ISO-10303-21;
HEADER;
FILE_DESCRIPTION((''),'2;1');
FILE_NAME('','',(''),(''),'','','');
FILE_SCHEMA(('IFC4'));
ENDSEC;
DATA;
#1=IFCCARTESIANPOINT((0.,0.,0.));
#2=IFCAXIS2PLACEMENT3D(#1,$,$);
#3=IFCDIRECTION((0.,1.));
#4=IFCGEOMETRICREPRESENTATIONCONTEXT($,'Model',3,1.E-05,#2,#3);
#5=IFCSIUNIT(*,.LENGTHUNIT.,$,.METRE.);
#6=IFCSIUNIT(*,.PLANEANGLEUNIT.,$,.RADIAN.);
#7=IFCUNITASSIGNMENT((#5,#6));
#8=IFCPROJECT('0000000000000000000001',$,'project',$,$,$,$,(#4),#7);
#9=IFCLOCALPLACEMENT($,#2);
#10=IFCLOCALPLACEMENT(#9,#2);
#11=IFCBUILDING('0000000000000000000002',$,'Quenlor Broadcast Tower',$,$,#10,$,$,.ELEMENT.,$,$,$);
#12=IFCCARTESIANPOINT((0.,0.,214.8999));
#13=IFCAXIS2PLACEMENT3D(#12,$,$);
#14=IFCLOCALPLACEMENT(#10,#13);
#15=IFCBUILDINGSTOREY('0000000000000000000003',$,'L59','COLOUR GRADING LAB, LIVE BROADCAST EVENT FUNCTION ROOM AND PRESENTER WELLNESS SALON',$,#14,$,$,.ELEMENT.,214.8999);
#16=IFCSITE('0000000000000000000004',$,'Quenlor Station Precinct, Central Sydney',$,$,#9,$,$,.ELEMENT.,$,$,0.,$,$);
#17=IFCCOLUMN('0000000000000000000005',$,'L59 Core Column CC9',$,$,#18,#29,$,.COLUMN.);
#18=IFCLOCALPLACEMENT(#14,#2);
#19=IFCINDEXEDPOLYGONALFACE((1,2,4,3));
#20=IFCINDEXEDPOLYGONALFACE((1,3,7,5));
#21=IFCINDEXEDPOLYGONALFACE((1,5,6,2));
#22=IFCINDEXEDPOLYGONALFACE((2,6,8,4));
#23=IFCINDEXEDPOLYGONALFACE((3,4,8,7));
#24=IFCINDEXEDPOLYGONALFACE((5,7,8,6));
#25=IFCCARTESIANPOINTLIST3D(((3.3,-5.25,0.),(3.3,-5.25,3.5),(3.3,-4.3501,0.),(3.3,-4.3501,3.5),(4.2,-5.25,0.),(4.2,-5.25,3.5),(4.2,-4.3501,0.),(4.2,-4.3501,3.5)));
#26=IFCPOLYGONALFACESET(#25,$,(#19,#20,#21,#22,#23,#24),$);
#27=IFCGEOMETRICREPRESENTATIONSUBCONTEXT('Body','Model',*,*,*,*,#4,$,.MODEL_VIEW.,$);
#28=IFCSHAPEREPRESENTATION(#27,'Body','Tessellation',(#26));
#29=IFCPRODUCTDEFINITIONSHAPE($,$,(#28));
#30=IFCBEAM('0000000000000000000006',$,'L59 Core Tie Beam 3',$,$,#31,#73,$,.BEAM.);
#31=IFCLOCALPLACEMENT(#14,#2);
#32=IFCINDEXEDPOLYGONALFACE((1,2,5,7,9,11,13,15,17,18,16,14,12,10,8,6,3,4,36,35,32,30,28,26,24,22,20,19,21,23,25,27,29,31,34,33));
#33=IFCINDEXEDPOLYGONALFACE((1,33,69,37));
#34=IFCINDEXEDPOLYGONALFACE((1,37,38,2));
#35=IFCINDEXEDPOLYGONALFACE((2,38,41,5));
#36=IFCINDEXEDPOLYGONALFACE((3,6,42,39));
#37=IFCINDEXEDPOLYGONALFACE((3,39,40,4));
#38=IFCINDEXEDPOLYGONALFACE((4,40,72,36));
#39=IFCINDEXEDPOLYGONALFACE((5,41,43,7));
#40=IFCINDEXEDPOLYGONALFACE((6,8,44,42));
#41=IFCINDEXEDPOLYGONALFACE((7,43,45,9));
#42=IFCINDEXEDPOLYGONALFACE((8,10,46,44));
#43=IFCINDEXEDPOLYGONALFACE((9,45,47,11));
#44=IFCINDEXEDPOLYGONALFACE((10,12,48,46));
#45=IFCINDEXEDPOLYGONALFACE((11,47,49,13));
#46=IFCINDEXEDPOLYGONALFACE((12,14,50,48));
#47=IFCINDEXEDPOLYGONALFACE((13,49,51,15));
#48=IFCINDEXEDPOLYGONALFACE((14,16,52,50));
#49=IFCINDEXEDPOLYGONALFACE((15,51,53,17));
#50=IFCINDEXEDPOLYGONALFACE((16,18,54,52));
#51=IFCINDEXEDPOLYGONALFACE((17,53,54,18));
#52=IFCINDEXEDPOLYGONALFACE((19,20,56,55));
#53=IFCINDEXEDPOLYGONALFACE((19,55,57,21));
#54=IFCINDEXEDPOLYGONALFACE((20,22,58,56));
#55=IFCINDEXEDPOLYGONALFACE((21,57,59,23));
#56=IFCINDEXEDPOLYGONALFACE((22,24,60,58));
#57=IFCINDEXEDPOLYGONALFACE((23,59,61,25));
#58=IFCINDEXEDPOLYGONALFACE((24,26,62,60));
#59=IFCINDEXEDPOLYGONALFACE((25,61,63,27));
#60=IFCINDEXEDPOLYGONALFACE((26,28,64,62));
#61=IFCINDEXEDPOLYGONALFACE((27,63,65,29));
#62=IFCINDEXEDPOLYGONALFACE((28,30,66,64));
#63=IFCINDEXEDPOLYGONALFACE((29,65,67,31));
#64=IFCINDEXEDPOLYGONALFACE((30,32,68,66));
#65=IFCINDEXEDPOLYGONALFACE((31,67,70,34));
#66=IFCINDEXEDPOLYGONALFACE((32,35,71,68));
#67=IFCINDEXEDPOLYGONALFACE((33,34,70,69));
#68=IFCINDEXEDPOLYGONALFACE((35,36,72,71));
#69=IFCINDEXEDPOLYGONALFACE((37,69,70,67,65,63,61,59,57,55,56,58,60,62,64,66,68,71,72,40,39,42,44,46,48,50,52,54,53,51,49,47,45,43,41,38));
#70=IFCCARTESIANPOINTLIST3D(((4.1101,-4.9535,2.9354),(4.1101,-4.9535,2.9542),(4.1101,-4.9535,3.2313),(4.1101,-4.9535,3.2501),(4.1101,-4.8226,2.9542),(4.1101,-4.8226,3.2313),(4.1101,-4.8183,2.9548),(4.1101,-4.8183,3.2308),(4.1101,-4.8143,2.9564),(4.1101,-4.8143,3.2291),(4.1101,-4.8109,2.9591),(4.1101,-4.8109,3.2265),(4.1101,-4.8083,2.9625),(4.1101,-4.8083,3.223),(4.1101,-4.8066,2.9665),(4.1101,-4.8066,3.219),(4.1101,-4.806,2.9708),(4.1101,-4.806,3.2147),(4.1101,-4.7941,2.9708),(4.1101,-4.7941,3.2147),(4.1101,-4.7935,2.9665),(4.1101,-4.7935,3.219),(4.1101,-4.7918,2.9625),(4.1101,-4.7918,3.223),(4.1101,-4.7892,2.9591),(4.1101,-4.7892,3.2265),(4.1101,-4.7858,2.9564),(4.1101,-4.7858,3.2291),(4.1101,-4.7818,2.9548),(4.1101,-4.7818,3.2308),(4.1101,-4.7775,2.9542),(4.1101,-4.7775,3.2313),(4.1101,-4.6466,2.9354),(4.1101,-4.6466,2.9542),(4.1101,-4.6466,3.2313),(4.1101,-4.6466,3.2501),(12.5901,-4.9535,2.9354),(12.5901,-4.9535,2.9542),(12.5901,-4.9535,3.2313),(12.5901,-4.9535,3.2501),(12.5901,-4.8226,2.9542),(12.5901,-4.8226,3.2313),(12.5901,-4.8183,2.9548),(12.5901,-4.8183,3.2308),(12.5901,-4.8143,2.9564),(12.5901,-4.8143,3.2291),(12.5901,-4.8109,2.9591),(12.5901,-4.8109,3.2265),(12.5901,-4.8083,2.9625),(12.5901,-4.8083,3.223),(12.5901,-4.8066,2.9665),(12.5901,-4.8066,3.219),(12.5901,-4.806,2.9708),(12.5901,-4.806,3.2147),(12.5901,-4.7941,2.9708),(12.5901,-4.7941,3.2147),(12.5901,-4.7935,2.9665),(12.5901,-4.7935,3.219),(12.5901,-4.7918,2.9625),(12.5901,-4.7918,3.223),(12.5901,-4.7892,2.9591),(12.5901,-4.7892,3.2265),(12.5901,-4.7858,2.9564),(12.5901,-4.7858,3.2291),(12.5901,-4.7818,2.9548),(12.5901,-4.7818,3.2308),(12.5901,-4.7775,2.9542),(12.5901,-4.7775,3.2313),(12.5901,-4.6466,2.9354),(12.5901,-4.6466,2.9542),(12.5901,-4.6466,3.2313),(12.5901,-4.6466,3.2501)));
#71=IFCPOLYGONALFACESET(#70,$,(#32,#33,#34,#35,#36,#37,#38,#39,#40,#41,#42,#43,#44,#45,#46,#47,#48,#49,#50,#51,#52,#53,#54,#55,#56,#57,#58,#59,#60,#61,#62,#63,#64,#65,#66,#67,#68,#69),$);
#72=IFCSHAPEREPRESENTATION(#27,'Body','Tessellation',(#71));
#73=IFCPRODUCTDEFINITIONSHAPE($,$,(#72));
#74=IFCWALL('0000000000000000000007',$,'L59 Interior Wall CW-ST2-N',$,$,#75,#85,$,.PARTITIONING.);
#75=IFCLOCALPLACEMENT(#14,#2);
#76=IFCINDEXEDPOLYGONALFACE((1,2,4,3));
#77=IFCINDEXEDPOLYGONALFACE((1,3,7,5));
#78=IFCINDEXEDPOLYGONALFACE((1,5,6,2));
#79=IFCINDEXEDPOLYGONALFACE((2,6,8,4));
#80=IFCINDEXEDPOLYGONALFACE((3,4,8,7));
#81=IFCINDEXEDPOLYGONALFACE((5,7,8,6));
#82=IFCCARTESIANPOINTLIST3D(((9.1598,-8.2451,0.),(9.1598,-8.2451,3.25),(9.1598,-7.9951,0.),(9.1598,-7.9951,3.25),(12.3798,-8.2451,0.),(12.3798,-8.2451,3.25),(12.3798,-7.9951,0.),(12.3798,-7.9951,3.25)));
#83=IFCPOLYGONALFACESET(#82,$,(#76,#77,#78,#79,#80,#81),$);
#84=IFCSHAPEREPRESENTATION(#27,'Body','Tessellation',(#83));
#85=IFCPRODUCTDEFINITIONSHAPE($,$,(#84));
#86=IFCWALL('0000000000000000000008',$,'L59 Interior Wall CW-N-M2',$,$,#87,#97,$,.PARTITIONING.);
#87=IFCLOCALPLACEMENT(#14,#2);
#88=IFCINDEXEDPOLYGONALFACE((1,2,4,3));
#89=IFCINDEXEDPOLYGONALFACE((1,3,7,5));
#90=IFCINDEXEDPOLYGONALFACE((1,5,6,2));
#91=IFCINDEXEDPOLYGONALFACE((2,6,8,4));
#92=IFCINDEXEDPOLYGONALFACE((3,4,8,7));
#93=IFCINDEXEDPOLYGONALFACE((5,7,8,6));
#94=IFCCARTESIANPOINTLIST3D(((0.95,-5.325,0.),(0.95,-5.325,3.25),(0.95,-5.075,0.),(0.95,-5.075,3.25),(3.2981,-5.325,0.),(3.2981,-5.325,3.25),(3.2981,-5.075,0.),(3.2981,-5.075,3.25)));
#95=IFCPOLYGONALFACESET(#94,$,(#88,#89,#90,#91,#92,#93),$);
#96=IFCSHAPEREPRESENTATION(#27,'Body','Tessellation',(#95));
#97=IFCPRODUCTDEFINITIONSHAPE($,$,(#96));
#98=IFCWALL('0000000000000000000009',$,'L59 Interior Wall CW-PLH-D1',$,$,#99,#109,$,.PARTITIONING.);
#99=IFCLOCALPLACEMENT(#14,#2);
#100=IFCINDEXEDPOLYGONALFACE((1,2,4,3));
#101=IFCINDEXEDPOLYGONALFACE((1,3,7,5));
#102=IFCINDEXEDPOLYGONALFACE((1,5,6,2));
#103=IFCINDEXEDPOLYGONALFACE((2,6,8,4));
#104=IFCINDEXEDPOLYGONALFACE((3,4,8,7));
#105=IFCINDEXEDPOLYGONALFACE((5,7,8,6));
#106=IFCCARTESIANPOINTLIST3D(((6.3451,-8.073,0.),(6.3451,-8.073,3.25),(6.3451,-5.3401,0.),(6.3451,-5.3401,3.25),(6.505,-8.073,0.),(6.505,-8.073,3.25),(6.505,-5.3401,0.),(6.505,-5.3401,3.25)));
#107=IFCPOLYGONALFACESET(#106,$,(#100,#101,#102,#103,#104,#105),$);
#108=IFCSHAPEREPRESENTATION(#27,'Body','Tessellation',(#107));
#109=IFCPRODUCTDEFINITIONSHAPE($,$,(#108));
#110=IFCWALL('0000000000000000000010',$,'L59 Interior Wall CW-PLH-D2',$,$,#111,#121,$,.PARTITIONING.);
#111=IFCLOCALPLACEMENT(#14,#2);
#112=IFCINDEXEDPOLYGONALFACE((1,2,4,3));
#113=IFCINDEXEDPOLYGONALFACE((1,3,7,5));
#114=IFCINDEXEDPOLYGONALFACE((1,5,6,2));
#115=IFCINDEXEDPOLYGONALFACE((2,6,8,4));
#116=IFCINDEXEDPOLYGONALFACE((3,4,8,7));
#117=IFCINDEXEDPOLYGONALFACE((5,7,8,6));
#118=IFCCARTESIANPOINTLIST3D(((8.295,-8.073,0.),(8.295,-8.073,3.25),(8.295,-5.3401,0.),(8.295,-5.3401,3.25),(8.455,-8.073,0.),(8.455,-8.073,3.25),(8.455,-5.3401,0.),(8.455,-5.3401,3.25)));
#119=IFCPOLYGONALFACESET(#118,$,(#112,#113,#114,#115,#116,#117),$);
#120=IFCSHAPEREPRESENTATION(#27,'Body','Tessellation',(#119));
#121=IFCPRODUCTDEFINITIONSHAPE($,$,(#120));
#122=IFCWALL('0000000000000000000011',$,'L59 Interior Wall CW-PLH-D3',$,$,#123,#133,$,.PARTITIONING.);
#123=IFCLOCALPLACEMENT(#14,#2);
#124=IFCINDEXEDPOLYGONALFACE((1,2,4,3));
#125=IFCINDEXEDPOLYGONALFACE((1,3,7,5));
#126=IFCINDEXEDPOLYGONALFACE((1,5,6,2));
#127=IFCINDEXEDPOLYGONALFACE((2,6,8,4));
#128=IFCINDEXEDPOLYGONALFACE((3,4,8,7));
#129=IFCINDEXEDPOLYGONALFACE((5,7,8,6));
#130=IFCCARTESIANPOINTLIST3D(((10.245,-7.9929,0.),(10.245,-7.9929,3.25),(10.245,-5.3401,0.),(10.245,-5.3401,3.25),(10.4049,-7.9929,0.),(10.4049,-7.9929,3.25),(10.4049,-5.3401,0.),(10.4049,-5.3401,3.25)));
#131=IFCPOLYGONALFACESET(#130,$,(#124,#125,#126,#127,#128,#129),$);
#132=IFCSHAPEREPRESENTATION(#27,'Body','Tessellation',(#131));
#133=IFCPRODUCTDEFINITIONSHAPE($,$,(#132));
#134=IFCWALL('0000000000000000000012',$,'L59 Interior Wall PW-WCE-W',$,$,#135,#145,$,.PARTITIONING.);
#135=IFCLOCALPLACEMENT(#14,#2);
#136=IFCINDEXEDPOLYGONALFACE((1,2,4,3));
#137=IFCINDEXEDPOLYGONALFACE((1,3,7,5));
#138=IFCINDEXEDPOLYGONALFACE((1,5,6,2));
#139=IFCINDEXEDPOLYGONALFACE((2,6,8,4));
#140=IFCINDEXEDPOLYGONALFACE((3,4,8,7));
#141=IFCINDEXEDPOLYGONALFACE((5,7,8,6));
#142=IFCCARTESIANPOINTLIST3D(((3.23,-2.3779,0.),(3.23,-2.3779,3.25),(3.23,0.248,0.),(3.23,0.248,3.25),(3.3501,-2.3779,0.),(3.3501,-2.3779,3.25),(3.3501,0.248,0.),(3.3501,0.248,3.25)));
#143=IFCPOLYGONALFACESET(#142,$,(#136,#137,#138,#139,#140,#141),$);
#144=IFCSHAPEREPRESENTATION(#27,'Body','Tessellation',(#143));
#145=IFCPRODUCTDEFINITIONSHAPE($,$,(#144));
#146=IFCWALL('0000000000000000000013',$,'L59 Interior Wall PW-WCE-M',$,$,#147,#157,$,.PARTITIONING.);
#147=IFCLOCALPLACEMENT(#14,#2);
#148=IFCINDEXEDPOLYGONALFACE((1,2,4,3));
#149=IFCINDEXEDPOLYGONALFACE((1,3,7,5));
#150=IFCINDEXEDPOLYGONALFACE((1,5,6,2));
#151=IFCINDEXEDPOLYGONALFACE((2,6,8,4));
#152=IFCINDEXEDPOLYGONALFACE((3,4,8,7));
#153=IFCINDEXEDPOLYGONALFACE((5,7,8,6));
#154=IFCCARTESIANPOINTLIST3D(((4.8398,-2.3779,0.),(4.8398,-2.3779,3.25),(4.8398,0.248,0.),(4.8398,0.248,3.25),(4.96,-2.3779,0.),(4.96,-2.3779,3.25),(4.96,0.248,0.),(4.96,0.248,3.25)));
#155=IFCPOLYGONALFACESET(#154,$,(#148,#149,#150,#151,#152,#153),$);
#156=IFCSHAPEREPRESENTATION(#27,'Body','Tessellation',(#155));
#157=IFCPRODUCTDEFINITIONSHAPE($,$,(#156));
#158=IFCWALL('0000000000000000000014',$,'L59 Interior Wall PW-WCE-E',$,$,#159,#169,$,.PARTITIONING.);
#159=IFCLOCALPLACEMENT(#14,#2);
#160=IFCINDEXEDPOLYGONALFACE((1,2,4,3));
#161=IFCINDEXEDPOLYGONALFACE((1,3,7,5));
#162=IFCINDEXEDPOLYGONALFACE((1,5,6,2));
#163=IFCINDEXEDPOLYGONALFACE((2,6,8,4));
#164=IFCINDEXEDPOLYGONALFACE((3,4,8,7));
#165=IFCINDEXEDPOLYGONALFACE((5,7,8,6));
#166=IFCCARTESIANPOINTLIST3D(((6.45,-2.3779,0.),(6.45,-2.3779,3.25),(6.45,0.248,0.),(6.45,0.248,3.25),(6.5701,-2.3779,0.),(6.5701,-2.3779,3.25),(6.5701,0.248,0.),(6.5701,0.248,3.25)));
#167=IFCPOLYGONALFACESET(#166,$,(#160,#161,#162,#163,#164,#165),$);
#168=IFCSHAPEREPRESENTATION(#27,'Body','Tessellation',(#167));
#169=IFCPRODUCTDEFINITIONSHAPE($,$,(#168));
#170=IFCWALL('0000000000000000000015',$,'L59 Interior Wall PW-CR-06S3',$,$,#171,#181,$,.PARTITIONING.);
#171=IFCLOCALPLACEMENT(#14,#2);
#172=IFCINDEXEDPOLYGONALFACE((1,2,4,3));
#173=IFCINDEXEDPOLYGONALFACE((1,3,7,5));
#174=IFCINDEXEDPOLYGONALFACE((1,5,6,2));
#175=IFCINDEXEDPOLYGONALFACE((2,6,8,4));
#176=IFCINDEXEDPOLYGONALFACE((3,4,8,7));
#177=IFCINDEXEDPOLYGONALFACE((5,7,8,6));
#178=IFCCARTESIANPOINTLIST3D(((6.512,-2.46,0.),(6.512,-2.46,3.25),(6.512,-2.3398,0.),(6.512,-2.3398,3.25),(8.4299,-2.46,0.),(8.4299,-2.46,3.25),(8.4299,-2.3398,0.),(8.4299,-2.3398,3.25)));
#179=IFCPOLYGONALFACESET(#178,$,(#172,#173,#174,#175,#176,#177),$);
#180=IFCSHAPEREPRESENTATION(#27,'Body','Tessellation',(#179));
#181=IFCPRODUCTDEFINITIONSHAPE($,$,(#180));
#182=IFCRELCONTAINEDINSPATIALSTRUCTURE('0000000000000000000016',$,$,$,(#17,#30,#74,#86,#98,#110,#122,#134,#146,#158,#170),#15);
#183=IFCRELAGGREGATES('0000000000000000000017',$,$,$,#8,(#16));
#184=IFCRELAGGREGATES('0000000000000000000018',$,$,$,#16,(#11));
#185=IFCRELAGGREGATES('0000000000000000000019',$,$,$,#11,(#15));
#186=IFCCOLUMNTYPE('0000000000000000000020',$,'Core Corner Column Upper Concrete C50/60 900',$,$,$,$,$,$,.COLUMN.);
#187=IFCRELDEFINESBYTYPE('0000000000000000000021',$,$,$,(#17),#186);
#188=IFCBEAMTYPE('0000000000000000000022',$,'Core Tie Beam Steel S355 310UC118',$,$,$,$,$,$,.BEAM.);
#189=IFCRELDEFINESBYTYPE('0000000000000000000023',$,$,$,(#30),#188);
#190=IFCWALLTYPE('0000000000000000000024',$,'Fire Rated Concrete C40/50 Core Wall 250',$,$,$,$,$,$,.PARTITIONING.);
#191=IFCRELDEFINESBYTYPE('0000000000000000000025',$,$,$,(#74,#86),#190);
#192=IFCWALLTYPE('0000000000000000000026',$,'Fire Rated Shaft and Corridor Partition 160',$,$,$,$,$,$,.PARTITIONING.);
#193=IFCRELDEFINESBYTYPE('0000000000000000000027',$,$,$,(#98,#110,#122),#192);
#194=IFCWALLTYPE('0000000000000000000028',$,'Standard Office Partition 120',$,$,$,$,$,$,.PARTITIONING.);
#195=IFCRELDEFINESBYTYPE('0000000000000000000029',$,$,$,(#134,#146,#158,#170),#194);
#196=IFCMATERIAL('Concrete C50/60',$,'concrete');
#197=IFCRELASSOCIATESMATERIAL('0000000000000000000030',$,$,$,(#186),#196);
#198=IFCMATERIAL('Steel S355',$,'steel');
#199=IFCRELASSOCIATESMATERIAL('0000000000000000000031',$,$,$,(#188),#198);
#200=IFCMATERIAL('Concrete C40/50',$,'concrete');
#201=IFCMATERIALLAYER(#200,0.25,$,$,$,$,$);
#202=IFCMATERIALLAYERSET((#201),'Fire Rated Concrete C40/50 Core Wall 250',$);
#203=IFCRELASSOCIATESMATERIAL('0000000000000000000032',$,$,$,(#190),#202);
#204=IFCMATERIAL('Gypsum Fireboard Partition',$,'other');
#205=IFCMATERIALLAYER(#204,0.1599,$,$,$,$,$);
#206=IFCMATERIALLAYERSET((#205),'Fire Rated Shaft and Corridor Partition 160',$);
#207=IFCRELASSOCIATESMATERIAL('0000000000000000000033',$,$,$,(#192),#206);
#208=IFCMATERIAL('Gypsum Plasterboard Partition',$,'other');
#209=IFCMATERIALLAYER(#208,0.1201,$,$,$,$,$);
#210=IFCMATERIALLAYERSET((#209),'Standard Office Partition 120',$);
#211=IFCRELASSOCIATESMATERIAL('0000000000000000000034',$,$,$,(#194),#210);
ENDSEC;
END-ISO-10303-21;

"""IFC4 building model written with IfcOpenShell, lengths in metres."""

from ifc_helpers import new_model, si_unit, direction, frame, frame_2d, origin, origin_2d, place, context, subcontext, project, spatial, rectangle, i_section, extrude, material, layer, layer_set, material_profile, profile_set, type_object, element, save


model = new_model("IFC4")

# Units and contexts
model_context = context("Model", 3, precision=1e-05, world=origin(), true_north=direction((0.0, 1.0)))
body_context = subcontext(model_context, "Body", "Model", "MODEL_VIEW")
ifc_project = project(units=[si_unit("LENGTHUNIT", "METRE"), si_unit("PLANEANGLEUNIT", "RADIAN")], contexts=[model_context])

# Site, building, storey
site_placement = place(None, origin())
site = spatial("IfcSite", under=ifc_project, at=site_placement, Name="Quenlor Station Precinct, Central Sydney", CompositionType="ELEMENT", RefElevation=0.0)
building_placement = place(site_placement, origin())
building = spatial("IfcBuilding", under=site, at=building_placement, Name="Quenlor Broadcast Tower", CompositionType="ELEMENT")
storey_placement = place(building_placement, frame((0.0, 0.0, 214.8999)))
storey = spatial("IfcBuildingStorey", under=building, at=storey_placement, Name="L59", Description="COLOUR GRADING LAB, LIVE BROADCAST EVENT FUNCTION ROOM AND PRESENTER WELLNESS SALON", CompositionType="ELEMENT", Elevation=214.8999)

# Column
ifc_material_1 = material(Name="Concrete C50/60", Category="concrete")
ifc_material_profile_1 = material_profile(ifc_material_1, rectangle(XDim=0.8999, YDim=0.8999, at=origin_2d()))
ifc_profile_set_1 = profile_set([ifc_material_profile_1], Name="Concrete C50/60 RC900x900")
column_type = type_object("IfcColumnType", Name="Core Corner Column Upper Concrete C50/60 900", PredefinedType="COLUMN", material=ifc_profile_set_1)
column_placement = place(storey_placement, frame((3.75, -4.8, 0.0), z_axis=(0.0, 0.0, 1.0), x_axis=(1.0, 0.0, 0.0)))
element("IfcColumn", 1, at=column_placement, inside=storey, type_object=column_type, Name="L59 Core Column CC9", PredefinedType="COLUMN", context=body_context, shape_type="SweptSolid", body=[
    extrude(rectangle(XDim=0.8999, YDim=0.8999, at=origin_2d()), origin(), (0.0, 0.0, 1.0), 3.5),
])

# Beam
ifc_material_2 = material(Name="Steel S355", Category="steel")
ifc_material_profile_2 = material_profile(ifc_material_2, i_section(OverallWidth=0.3069, OverallDepth=0.3147, WebThickness=0.012, FlangeThickness=0.0188, FilletRadius=0.0166, at=origin_2d()))
ifc_profile_set_2 = profile_set([ifc_material_profile_2], Name="Steel S355 310UC118")
beam_type = type_object("IfcBeamType", Name="Core Tie Beam Steel S355 310UC118", PredefinedType="BEAM", material=ifc_profile_set_2)
beam_placement = place(storey_placement, frame((4.1101, -4.8, 3.0928), z_axis=(1.0, 0.0, 0.0), x_axis=(0.0, 1.0, 0.0)))
element("IfcBeam", 2, at=beam_placement, inside=storey, type_object=beam_type, Name="L59 Core Tie Beam 3", PredefinedType="BEAM", context=body_context, shape_type="SweptSolid", body=[
    extrude(i_section(OverallWidth=0.3069, OverallDepth=0.3147, WebThickness=0.012, FlangeThickness=0.0188, FilletRadius=0.0166, at=origin_2d()), origin(), (0.0, 0.0, 1.0), 8.48),
])

# Wall
ifc_material_3 = material(Name="Concrete C40/50", Category="concrete")
ifc_layer_1 = layer(ifc_material_3, 0.25)
ifc_layer_set_1 = layer_set([ifc_layer_1], Name="Fire Rated Concrete C40/50 Core Wall 250")
wall_type_1 = type_object("IfcWallType", Name="Fire Rated Concrete C40/50 Core Wall 250", PredefinedType="PARTITIONING", material=ifc_layer_set_1)
wall_1_placement = place(storey_placement, frame((9.1599, -8.1201, 0.0), z_axis=(0.0, 0.0, 1.0), x_axis=(1.0, 0.0, 0.0)))
element("IfcWall", 3, at=wall_1_placement, inside=storey, type_object=wall_type_1, Name="L59 Interior Wall CW-ST2-N", PredefinedType="PARTITIONING", context=body_context, shape_type="SweptSolid", body=[
    extrude(rectangle(XDim=3.22, YDim=0.25, at=frame_2d((1.6099, 0.0))), origin(), (0.0, 0.0, 1.0), 3.25),
])

# Walls
wall_2_placement = place(storey_placement, frame((0.95, -5.2, 0.0), z_axis=(0.0, 0.0, 1.0), x_axis=(1.0, 0.0, 0.0)))
element("IfcWall", 4, at=wall_2_placement, inside=storey, type_object=wall_type_1, Name="L59 Interior Wall CW-N-M2", PredefinedType="PARTITIONING", context=body_context, shape_type="SweptSolid", body=[
    extrude(rectangle(XDim=2.3481, YDim=0.25, at=frame_2d((1.1741, 0.0))), origin(), (0.0, 0.0, 1.0), 3.25),
])
ifc_material_4 = material(Name="Gypsum Fireboard Partition", Category="other")
ifc_layer_2 = layer(ifc_material_4, 0.1599)
ifc_layer_set_2 = layer_set([ifc_layer_2], Name="Fire Rated Shaft and Corridor Partition 160")
wall_type_2 = type_object("IfcWallType", Name="Fire Rated Shaft and Corridor Partition 160", PredefinedType="PARTITIONING", material=ifc_layer_set_2)
for number, where, z_axis, x_axis, name in (
    (5, (6.425, -8.073, 0.0), (0.0, 0.0, 1.0), (0.0, 1.0, 0.0), "L59 Interior Wall CW-PLH-D1"),
    (6, (8.375, -8.073, 0.0), (0.0, 0.0, 1.0), (0.0, 1.0, 0.0), "L59 Interior Wall CW-PLH-D2"),
):
    element("IfcWall", number, at=place(storey_placement, frame(where, z_axis=z_axis, x_axis=x_axis)), inside=storey, type_object=wall_type_2, Name=name, PredefinedType="PARTITIONING", context=body_context, shape_type="SweptSolid", body=[
        extrude(rectangle(XDim=2.7329, YDim=0.1599, at=frame_2d((1.3665, 0.0))), origin(), (0.0, 0.0, 1.0), 3.25),
    ])
wall_3_placement = place(storey_placement, frame((10.325, -7.9929, 0.0), z_axis=(0.0, 0.0, 1.0), x_axis=(0.0, 1.0, 0.0)))
element("IfcWall", 7, at=wall_3_placement, inside=storey, type_object=wall_type_2, Name="L59 Interior Wall CW-PLH-D3", PredefinedType="PARTITIONING", context=body_context, shape_type="SweptSolid", body=[
    extrude(rectangle(XDim=2.6528, YDim=0.1599, at=frame_2d((1.3264, 0.0))), origin(), (0.0, 0.0, 1.0), 3.25),
])

# Shared definitions
ifc_material_5 = material(Name="Gypsum Plasterboard Partition", Category="other")
ifc_layer_3 = layer(ifc_material_5, 0.1201)
ifc_layer_set_3 = layer_set([ifc_layer_3], Name="Standard Office Partition 120")
wall_type_3 = type_object("IfcWallType", Name="Standard Office Partition 120", PredefinedType="PARTITIONING", material=ifc_layer_set_3)

# Walls
for number, where, z_axis, x_axis, name in (
    (8, (3.29, -2.3779, 0.0), (0.0, 0.0, 1.0), (0.0, 1.0, 0.0), "L59 Interior Wall PW-WCE-W"),
    (9, (4.8999, -2.3779, 0.0), (0.0, 0.0, 1.0), (0.0, 1.0, 0.0), "L59 Interior Wall PW-WCE-M"),
    (10, (6.51, -2.3779, 0.0), (0.0, 0.0, 1.0), (0.0, 1.0, 0.0), "L59 Interior Wall PW-WCE-E"),
):
    element("IfcWall", number, at=place(storey_placement, frame(where, z_axis=z_axis, x_axis=x_axis)), inside=storey, type_object=wall_type_3, Name=name, PredefinedType="PARTITIONING", context=body_context, shape_type="SweptSolid", body=[
        extrude(rectangle(XDim=2.626, YDim=0.1201, at=frame_2d((1.313, 0.0))), origin(), (0.0, 0.0, 1.0), 3.25),
    ])
wall_4_placement = place(storey_placement, frame((6.512, -2.3999, 0.0), z_axis=(0.0, 0.0, 1.0), x_axis=(1.0, 0.0, 0.0)))
element("IfcWall", 11, at=wall_4_placement, inside=storey, type_object=wall_type_3, Name="L59 Interior Wall PW-CR-06S3", PredefinedType="PARTITIONING", context=body_context, shape_type="SweptSolid", body=[
    extrude(rectangle(XDim=1.918, YDim=0.1201, at=frame_2d((0.959, 0.0))), origin(), (0.0, 0.0, 1.0), 3.25),
])

save(model, "model.ifc")
